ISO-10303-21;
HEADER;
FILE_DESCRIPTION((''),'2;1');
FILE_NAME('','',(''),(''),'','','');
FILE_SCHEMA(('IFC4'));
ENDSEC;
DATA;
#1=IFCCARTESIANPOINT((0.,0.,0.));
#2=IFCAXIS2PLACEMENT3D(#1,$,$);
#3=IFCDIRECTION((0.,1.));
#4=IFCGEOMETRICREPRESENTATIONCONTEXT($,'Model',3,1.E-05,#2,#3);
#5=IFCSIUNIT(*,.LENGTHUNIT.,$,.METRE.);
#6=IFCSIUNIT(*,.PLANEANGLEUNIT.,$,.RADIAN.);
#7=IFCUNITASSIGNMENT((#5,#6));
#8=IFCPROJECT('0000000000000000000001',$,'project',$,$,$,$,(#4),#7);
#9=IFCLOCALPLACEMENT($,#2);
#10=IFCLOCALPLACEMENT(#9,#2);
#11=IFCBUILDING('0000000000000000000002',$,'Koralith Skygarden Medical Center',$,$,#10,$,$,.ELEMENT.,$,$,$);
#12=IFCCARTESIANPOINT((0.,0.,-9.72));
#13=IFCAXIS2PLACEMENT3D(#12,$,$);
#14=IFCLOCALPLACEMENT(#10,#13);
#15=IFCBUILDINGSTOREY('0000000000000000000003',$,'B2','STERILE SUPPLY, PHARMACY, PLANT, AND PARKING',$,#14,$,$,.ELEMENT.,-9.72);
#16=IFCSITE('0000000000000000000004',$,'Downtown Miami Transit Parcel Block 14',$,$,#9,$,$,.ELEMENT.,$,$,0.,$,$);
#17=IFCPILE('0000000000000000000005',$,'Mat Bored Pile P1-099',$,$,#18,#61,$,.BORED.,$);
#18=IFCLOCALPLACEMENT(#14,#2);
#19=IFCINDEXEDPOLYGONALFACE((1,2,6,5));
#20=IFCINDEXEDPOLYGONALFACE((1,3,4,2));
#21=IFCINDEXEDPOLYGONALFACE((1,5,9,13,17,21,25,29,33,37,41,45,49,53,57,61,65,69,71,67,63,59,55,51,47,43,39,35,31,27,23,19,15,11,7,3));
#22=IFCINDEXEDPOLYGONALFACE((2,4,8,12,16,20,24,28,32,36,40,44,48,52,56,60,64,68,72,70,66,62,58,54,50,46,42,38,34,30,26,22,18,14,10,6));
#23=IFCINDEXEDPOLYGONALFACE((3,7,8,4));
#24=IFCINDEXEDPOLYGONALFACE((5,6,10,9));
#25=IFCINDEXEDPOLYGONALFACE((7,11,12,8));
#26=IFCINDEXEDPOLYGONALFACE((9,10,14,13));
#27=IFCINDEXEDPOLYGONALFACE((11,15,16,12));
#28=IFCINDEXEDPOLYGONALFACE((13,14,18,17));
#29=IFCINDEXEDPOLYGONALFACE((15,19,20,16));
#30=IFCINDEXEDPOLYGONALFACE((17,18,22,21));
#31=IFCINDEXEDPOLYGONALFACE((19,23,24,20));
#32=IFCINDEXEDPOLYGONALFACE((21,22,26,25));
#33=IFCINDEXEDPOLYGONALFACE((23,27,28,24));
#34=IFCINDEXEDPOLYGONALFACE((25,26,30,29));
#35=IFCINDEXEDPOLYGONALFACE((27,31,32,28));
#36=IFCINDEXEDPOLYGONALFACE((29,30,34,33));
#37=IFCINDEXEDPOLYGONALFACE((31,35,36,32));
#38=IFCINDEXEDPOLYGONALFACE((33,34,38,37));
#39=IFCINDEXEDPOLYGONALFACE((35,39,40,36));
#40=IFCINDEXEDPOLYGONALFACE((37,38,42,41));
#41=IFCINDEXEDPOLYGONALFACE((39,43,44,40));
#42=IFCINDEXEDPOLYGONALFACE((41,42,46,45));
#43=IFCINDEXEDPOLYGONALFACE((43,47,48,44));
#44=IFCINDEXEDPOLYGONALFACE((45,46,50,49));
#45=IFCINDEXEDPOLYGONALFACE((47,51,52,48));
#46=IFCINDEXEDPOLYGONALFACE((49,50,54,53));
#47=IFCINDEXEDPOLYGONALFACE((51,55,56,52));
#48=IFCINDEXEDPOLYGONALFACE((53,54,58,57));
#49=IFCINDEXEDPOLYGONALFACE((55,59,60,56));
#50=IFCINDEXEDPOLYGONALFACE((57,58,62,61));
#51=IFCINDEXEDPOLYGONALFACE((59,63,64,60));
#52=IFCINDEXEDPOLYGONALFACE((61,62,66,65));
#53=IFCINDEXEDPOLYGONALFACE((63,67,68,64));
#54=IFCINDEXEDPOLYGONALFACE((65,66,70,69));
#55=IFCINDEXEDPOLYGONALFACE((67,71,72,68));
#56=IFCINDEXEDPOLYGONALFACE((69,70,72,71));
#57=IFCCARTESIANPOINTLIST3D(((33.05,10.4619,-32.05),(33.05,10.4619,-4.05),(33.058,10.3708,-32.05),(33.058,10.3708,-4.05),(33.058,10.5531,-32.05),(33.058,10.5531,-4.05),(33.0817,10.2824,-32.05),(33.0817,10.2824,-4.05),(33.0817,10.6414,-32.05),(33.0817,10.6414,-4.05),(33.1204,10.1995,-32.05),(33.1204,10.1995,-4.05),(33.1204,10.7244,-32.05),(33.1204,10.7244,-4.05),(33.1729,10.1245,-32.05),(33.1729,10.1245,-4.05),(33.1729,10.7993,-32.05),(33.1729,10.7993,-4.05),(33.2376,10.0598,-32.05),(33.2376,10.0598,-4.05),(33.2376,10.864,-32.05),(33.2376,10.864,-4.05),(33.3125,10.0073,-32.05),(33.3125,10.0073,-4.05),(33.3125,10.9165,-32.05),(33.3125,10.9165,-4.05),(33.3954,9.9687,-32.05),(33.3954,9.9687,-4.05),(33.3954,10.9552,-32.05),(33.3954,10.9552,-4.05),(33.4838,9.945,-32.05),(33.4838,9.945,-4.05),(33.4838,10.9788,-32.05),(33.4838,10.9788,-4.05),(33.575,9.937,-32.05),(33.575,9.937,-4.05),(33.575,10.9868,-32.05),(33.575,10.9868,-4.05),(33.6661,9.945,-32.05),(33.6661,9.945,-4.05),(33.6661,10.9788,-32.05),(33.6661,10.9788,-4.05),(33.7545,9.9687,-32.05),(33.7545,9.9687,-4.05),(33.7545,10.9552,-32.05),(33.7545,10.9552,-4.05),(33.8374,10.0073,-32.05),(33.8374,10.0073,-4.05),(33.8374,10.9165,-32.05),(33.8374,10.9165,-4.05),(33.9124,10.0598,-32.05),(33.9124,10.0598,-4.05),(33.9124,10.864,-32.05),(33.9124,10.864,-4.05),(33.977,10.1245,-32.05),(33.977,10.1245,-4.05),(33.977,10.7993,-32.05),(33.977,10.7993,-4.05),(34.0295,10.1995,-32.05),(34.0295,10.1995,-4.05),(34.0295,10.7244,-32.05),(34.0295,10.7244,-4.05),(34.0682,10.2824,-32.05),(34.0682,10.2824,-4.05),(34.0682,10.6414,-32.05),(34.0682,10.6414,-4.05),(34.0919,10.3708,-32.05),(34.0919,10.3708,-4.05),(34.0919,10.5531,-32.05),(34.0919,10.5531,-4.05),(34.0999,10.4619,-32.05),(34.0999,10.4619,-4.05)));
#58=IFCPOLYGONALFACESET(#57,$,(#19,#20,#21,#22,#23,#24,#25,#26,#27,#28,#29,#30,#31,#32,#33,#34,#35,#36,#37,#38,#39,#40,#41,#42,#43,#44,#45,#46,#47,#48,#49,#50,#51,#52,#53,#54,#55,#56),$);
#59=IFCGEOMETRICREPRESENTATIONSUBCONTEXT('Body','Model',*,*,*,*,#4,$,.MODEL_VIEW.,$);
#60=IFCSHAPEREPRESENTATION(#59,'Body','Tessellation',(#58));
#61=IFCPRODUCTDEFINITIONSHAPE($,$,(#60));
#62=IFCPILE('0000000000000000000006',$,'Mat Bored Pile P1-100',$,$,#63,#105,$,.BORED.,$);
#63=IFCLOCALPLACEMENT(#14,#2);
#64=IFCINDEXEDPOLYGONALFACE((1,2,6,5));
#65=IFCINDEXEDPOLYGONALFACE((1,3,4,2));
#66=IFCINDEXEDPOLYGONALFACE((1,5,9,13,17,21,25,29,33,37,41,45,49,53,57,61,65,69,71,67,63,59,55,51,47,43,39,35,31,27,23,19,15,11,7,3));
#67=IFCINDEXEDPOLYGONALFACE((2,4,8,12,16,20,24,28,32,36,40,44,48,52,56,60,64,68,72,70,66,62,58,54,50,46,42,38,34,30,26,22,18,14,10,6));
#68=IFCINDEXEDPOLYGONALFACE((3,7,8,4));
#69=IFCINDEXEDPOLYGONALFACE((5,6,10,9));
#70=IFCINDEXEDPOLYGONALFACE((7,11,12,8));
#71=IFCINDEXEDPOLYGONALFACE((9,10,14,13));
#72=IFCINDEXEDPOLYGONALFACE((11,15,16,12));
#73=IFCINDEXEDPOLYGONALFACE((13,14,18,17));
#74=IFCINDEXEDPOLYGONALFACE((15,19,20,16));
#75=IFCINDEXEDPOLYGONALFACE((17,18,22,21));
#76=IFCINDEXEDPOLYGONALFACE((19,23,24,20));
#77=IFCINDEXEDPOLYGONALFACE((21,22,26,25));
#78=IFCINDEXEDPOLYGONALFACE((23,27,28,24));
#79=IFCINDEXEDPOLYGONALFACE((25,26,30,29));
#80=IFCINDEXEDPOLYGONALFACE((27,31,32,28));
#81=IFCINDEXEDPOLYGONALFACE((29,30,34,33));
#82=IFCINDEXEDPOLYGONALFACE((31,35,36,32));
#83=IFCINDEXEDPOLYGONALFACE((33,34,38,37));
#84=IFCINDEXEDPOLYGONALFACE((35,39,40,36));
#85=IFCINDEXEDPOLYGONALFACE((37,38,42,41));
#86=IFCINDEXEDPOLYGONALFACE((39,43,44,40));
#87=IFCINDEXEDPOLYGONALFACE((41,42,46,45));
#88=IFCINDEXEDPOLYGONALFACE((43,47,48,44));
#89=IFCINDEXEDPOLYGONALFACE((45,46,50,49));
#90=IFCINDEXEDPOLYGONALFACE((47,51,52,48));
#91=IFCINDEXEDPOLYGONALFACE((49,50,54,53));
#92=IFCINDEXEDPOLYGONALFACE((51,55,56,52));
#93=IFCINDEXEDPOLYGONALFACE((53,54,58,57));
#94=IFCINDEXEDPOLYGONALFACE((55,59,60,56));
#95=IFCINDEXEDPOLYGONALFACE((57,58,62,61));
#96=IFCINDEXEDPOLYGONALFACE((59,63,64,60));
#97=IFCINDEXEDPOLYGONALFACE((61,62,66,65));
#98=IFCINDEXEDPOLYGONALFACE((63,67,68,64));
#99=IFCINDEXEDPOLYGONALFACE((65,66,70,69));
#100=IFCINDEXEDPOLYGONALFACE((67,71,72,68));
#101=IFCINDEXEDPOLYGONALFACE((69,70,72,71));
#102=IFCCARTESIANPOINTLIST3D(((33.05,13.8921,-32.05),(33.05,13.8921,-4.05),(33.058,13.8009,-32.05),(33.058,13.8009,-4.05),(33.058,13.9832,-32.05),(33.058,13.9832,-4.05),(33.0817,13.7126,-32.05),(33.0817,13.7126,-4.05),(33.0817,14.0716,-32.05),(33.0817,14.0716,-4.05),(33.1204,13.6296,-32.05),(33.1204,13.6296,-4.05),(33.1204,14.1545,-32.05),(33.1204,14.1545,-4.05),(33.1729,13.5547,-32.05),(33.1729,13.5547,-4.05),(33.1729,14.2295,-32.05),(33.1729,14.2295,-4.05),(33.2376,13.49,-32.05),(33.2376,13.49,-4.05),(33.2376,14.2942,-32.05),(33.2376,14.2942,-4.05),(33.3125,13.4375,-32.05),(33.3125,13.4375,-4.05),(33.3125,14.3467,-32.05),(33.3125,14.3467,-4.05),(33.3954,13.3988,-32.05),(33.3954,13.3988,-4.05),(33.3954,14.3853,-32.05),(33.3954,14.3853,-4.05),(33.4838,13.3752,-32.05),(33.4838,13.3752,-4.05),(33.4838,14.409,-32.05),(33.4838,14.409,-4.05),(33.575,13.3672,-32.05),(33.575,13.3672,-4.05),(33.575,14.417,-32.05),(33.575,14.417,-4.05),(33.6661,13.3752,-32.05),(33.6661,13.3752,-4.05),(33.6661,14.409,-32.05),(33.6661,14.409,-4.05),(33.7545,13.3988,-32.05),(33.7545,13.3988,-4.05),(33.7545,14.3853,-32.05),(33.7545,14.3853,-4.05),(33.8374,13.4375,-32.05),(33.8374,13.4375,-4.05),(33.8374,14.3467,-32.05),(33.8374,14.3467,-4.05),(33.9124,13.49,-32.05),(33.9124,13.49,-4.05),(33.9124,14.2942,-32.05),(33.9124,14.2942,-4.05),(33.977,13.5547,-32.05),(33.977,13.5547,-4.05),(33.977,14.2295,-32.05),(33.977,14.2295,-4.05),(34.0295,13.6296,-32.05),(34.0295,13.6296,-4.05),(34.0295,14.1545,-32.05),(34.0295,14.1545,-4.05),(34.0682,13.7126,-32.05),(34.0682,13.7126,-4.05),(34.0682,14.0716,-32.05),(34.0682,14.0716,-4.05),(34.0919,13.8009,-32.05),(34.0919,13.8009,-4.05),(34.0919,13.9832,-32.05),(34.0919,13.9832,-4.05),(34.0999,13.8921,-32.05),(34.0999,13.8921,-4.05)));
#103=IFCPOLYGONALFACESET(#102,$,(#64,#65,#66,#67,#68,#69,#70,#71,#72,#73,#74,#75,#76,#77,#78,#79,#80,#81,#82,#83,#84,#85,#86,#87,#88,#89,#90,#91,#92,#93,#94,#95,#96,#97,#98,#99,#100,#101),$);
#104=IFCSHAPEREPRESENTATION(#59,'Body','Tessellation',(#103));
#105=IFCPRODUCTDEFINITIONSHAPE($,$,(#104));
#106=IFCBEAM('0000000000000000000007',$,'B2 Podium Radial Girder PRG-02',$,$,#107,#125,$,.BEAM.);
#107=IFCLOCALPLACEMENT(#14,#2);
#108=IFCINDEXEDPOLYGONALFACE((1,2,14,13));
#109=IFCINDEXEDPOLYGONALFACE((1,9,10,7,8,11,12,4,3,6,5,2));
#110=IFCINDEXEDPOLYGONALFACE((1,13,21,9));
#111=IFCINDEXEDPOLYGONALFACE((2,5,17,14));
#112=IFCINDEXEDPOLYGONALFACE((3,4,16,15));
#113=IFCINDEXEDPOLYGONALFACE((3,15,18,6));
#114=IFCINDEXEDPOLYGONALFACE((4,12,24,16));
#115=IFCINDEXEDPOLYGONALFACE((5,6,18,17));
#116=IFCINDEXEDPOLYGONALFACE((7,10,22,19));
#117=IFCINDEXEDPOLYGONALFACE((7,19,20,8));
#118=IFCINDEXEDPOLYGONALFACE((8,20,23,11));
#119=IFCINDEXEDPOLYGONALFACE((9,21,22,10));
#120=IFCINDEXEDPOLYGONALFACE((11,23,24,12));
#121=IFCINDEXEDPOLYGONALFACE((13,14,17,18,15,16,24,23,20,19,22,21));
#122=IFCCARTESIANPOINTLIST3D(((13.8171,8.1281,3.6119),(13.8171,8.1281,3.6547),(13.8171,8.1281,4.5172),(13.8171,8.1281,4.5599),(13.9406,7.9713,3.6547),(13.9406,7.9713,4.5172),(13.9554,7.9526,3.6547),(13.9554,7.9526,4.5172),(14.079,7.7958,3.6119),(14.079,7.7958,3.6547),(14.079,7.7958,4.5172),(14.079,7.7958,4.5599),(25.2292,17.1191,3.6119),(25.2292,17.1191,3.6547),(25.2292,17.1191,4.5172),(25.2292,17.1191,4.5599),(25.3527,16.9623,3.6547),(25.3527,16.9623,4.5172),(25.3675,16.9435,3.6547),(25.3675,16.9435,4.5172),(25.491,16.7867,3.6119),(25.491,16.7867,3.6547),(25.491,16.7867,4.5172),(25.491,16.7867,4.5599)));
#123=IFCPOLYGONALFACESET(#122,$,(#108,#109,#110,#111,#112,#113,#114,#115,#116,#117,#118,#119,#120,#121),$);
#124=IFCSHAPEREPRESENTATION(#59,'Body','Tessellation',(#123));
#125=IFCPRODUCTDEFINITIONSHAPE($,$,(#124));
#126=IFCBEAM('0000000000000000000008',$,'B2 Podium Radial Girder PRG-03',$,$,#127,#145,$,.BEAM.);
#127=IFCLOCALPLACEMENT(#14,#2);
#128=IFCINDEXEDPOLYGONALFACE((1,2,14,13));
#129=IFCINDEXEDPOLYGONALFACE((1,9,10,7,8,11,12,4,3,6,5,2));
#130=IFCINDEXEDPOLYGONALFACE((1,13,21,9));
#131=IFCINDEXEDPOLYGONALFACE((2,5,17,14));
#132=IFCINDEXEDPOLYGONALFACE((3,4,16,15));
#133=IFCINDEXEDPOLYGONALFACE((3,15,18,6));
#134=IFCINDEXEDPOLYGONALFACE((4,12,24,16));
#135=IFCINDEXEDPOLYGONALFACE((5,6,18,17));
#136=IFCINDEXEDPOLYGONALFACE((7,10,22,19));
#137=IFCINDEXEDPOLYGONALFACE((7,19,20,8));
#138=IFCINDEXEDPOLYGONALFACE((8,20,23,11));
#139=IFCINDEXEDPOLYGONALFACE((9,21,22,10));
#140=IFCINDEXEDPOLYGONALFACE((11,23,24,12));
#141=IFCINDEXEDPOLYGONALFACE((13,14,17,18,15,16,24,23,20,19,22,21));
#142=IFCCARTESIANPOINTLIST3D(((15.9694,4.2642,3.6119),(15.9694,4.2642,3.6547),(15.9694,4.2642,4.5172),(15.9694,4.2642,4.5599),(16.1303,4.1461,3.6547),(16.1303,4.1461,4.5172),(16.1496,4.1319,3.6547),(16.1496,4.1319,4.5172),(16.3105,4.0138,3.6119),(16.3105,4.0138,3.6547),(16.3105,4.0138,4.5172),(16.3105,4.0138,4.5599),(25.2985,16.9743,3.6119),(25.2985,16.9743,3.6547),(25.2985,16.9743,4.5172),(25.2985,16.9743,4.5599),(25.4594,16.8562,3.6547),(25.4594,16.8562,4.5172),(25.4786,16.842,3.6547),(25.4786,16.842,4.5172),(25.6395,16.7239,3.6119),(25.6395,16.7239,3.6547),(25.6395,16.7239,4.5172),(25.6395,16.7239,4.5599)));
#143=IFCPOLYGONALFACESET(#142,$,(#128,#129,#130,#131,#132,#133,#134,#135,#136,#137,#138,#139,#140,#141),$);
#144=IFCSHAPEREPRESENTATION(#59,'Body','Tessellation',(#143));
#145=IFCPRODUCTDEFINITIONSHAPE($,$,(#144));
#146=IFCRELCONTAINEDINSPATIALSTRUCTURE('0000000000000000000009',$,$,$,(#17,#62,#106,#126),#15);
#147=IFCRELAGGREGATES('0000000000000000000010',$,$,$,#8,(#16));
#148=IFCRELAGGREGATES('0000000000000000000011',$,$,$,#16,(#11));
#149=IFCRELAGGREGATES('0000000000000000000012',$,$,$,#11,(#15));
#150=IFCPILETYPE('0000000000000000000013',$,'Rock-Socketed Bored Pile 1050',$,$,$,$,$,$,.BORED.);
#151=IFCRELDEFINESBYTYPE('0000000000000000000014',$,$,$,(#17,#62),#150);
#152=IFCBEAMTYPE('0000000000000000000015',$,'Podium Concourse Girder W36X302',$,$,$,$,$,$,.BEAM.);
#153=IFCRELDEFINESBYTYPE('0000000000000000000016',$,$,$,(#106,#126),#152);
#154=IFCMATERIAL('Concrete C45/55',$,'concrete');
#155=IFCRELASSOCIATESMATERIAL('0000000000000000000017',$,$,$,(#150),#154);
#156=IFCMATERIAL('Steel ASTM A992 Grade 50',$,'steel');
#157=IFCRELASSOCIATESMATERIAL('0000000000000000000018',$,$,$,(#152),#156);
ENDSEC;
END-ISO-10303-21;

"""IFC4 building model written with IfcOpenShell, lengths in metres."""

from ifc_helpers import new_model, si_unit, direction, frame, origin, origin_2d, place, context, subcontext, project, spatial, circle, i_section, extrude, material, material_profile, profile_set, type_object, element, save


model = new_model("IFC4")

# Units and contexts
model_context = context("Model", 3, precision=1e-05, world=origin(), true_north=direction((0.0, 1.0)))
body_context = subcontext(model_context, "Body", "Model", "MODEL_VIEW")
ifc_project = project(units=[si_unit("LENGTHUNIT", "METRE"), si_unit("PLANEANGLEUNIT", "RADIAN")], contexts=[model_context])

# Site, building, storey
site_placement = place(None, origin())
site = spatial("IfcSite", under=ifc_project, at=site_placement, Name="Downtown Miami Transit Parcel Block 14", CompositionType="ELEMENT", RefElevation=0.0)
building_placement = place(site_placement, origin())
building = spatial("IfcBuilding", under=site, at=building_placement, Name="Koralith Skygarden Medical Center", CompositionType="ELEMENT")
storey_placement = place(building_placement, frame((0.0, 0.0, -9.72)))
storey = spatial("IfcBuildingStorey", under=building, at=storey_placement, Name="B2", Description="STERILE SUPPLY, PHARMACY, PLANT, AND PARKING", CompositionType="ELEMENT", Elevation=-9.72)

# Piles
ifc_material_1 = material(Name="Concrete C45/55", Category="concrete")
ifc_material_profile_1 = material_profile(ifc_material_1, circle(Radius=0.5249, at=origin_2d()), Name="PILE1050")
ifc_profile_set_1 = profile_set([ifc_material_profile_1], Name="Concrete C45/55")
pile_type = type_object("IfcPileType", Name="Rock-Socketed Bored Pile 1050", PredefinedType="BORED", material=ifc_profile_set_1)
for number, where, z_axis, x_axis, name in (
    (1, (33.575, 10.4619, -4.05), (0.0, 0.0, -1.0), (1.0, 0.0, 0.0), "Mat Bored Pile P1-099"),
    (2, (33.575, 13.8921, -4.05), (0.0, 0.0, -1.0), (1.0, 0.0, 0.0), "Mat Bored Pile P1-100"),
):
    element("IfcPile", number, at=place(storey_placement, frame(where, z_axis=z_axis, x_axis=x_axis)), inside=storey, type_object=pile_type, Name=name, PredefinedType="BORED", context=body_context, shape_type="SweptSolid", body=[
        extrude(circle(Radius=0.5249, at=origin_2d()), origin(), (0.0, 0.0, 1.0), 28.0),
    ])

# Beams
ifc_material_2 = material(Name="Steel ASTM A992 Grade 50", Category="steel")
ifc_material_profile_2 = material_profile(ifc_material_2, i_section(OverallWidth=0.4231, OverallDepth=0.948, WebThickness=0.0239, FlangeThickness=0.0427, at=origin_2d()), Name="W36X302")
ifc_profile_set_2 = profile_set([ifc_material_profile_2], Name="Steel ASTM A992 Grade 50")
beam_type = type_object("IfcBeamType", Name="Podium Concourse Girder W36X302", PredefinedType="BEAM", material=ifc_profile_set_2)
beam_1_placement = place(storey_placement, frame((25.3601, 16.9529, 4.0859), z_axis=(-0.785505, -0.618856, 0.0), x_axis=(0.618856, -0.785505, 0.0)))
element("IfcBeam", 3, at=beam_1_placement, inside=storey, type_object=beam_type, Name="B2 Podium Radial Girder PRG-02", PredefinedType="BEAM", context=body_context, shape_type="SweptSolid", body=[
    extrude(i_section(OverallWidth=0.4231, OverallDepth=0.948, WebThickness=0.0239, FlangeThickness=0.0427, at=origin_2d()), origin(), (0.0, 0.0, 1.0), 14.5283),
])
beam_2_placement = place(storey_placement, frame((25.469, 16.8491, 4.0859), z_axis=(-0.591705, -0.806154, 0.0), x_axis=(0.806154, -0.591705, 0.0)))
element("IfcBeam", 4, at=beam_2_placement, inside=storey, type_object=beam_type, Name="B2 Podium Radial Girder PRG-03", PredefinedType="BEAM", context=body_context, shape_type="SweptSolid", body=[
    extrude(i_section(OverallWidth=0.4231, OverallDepth=0.948, WebThickness=0.0239, FlangeThickness=0.0427, at=origin_2d()), origin(), (0.0, 0.0, 1.0), 15.7664),
])

save(model, "model.ifc")
